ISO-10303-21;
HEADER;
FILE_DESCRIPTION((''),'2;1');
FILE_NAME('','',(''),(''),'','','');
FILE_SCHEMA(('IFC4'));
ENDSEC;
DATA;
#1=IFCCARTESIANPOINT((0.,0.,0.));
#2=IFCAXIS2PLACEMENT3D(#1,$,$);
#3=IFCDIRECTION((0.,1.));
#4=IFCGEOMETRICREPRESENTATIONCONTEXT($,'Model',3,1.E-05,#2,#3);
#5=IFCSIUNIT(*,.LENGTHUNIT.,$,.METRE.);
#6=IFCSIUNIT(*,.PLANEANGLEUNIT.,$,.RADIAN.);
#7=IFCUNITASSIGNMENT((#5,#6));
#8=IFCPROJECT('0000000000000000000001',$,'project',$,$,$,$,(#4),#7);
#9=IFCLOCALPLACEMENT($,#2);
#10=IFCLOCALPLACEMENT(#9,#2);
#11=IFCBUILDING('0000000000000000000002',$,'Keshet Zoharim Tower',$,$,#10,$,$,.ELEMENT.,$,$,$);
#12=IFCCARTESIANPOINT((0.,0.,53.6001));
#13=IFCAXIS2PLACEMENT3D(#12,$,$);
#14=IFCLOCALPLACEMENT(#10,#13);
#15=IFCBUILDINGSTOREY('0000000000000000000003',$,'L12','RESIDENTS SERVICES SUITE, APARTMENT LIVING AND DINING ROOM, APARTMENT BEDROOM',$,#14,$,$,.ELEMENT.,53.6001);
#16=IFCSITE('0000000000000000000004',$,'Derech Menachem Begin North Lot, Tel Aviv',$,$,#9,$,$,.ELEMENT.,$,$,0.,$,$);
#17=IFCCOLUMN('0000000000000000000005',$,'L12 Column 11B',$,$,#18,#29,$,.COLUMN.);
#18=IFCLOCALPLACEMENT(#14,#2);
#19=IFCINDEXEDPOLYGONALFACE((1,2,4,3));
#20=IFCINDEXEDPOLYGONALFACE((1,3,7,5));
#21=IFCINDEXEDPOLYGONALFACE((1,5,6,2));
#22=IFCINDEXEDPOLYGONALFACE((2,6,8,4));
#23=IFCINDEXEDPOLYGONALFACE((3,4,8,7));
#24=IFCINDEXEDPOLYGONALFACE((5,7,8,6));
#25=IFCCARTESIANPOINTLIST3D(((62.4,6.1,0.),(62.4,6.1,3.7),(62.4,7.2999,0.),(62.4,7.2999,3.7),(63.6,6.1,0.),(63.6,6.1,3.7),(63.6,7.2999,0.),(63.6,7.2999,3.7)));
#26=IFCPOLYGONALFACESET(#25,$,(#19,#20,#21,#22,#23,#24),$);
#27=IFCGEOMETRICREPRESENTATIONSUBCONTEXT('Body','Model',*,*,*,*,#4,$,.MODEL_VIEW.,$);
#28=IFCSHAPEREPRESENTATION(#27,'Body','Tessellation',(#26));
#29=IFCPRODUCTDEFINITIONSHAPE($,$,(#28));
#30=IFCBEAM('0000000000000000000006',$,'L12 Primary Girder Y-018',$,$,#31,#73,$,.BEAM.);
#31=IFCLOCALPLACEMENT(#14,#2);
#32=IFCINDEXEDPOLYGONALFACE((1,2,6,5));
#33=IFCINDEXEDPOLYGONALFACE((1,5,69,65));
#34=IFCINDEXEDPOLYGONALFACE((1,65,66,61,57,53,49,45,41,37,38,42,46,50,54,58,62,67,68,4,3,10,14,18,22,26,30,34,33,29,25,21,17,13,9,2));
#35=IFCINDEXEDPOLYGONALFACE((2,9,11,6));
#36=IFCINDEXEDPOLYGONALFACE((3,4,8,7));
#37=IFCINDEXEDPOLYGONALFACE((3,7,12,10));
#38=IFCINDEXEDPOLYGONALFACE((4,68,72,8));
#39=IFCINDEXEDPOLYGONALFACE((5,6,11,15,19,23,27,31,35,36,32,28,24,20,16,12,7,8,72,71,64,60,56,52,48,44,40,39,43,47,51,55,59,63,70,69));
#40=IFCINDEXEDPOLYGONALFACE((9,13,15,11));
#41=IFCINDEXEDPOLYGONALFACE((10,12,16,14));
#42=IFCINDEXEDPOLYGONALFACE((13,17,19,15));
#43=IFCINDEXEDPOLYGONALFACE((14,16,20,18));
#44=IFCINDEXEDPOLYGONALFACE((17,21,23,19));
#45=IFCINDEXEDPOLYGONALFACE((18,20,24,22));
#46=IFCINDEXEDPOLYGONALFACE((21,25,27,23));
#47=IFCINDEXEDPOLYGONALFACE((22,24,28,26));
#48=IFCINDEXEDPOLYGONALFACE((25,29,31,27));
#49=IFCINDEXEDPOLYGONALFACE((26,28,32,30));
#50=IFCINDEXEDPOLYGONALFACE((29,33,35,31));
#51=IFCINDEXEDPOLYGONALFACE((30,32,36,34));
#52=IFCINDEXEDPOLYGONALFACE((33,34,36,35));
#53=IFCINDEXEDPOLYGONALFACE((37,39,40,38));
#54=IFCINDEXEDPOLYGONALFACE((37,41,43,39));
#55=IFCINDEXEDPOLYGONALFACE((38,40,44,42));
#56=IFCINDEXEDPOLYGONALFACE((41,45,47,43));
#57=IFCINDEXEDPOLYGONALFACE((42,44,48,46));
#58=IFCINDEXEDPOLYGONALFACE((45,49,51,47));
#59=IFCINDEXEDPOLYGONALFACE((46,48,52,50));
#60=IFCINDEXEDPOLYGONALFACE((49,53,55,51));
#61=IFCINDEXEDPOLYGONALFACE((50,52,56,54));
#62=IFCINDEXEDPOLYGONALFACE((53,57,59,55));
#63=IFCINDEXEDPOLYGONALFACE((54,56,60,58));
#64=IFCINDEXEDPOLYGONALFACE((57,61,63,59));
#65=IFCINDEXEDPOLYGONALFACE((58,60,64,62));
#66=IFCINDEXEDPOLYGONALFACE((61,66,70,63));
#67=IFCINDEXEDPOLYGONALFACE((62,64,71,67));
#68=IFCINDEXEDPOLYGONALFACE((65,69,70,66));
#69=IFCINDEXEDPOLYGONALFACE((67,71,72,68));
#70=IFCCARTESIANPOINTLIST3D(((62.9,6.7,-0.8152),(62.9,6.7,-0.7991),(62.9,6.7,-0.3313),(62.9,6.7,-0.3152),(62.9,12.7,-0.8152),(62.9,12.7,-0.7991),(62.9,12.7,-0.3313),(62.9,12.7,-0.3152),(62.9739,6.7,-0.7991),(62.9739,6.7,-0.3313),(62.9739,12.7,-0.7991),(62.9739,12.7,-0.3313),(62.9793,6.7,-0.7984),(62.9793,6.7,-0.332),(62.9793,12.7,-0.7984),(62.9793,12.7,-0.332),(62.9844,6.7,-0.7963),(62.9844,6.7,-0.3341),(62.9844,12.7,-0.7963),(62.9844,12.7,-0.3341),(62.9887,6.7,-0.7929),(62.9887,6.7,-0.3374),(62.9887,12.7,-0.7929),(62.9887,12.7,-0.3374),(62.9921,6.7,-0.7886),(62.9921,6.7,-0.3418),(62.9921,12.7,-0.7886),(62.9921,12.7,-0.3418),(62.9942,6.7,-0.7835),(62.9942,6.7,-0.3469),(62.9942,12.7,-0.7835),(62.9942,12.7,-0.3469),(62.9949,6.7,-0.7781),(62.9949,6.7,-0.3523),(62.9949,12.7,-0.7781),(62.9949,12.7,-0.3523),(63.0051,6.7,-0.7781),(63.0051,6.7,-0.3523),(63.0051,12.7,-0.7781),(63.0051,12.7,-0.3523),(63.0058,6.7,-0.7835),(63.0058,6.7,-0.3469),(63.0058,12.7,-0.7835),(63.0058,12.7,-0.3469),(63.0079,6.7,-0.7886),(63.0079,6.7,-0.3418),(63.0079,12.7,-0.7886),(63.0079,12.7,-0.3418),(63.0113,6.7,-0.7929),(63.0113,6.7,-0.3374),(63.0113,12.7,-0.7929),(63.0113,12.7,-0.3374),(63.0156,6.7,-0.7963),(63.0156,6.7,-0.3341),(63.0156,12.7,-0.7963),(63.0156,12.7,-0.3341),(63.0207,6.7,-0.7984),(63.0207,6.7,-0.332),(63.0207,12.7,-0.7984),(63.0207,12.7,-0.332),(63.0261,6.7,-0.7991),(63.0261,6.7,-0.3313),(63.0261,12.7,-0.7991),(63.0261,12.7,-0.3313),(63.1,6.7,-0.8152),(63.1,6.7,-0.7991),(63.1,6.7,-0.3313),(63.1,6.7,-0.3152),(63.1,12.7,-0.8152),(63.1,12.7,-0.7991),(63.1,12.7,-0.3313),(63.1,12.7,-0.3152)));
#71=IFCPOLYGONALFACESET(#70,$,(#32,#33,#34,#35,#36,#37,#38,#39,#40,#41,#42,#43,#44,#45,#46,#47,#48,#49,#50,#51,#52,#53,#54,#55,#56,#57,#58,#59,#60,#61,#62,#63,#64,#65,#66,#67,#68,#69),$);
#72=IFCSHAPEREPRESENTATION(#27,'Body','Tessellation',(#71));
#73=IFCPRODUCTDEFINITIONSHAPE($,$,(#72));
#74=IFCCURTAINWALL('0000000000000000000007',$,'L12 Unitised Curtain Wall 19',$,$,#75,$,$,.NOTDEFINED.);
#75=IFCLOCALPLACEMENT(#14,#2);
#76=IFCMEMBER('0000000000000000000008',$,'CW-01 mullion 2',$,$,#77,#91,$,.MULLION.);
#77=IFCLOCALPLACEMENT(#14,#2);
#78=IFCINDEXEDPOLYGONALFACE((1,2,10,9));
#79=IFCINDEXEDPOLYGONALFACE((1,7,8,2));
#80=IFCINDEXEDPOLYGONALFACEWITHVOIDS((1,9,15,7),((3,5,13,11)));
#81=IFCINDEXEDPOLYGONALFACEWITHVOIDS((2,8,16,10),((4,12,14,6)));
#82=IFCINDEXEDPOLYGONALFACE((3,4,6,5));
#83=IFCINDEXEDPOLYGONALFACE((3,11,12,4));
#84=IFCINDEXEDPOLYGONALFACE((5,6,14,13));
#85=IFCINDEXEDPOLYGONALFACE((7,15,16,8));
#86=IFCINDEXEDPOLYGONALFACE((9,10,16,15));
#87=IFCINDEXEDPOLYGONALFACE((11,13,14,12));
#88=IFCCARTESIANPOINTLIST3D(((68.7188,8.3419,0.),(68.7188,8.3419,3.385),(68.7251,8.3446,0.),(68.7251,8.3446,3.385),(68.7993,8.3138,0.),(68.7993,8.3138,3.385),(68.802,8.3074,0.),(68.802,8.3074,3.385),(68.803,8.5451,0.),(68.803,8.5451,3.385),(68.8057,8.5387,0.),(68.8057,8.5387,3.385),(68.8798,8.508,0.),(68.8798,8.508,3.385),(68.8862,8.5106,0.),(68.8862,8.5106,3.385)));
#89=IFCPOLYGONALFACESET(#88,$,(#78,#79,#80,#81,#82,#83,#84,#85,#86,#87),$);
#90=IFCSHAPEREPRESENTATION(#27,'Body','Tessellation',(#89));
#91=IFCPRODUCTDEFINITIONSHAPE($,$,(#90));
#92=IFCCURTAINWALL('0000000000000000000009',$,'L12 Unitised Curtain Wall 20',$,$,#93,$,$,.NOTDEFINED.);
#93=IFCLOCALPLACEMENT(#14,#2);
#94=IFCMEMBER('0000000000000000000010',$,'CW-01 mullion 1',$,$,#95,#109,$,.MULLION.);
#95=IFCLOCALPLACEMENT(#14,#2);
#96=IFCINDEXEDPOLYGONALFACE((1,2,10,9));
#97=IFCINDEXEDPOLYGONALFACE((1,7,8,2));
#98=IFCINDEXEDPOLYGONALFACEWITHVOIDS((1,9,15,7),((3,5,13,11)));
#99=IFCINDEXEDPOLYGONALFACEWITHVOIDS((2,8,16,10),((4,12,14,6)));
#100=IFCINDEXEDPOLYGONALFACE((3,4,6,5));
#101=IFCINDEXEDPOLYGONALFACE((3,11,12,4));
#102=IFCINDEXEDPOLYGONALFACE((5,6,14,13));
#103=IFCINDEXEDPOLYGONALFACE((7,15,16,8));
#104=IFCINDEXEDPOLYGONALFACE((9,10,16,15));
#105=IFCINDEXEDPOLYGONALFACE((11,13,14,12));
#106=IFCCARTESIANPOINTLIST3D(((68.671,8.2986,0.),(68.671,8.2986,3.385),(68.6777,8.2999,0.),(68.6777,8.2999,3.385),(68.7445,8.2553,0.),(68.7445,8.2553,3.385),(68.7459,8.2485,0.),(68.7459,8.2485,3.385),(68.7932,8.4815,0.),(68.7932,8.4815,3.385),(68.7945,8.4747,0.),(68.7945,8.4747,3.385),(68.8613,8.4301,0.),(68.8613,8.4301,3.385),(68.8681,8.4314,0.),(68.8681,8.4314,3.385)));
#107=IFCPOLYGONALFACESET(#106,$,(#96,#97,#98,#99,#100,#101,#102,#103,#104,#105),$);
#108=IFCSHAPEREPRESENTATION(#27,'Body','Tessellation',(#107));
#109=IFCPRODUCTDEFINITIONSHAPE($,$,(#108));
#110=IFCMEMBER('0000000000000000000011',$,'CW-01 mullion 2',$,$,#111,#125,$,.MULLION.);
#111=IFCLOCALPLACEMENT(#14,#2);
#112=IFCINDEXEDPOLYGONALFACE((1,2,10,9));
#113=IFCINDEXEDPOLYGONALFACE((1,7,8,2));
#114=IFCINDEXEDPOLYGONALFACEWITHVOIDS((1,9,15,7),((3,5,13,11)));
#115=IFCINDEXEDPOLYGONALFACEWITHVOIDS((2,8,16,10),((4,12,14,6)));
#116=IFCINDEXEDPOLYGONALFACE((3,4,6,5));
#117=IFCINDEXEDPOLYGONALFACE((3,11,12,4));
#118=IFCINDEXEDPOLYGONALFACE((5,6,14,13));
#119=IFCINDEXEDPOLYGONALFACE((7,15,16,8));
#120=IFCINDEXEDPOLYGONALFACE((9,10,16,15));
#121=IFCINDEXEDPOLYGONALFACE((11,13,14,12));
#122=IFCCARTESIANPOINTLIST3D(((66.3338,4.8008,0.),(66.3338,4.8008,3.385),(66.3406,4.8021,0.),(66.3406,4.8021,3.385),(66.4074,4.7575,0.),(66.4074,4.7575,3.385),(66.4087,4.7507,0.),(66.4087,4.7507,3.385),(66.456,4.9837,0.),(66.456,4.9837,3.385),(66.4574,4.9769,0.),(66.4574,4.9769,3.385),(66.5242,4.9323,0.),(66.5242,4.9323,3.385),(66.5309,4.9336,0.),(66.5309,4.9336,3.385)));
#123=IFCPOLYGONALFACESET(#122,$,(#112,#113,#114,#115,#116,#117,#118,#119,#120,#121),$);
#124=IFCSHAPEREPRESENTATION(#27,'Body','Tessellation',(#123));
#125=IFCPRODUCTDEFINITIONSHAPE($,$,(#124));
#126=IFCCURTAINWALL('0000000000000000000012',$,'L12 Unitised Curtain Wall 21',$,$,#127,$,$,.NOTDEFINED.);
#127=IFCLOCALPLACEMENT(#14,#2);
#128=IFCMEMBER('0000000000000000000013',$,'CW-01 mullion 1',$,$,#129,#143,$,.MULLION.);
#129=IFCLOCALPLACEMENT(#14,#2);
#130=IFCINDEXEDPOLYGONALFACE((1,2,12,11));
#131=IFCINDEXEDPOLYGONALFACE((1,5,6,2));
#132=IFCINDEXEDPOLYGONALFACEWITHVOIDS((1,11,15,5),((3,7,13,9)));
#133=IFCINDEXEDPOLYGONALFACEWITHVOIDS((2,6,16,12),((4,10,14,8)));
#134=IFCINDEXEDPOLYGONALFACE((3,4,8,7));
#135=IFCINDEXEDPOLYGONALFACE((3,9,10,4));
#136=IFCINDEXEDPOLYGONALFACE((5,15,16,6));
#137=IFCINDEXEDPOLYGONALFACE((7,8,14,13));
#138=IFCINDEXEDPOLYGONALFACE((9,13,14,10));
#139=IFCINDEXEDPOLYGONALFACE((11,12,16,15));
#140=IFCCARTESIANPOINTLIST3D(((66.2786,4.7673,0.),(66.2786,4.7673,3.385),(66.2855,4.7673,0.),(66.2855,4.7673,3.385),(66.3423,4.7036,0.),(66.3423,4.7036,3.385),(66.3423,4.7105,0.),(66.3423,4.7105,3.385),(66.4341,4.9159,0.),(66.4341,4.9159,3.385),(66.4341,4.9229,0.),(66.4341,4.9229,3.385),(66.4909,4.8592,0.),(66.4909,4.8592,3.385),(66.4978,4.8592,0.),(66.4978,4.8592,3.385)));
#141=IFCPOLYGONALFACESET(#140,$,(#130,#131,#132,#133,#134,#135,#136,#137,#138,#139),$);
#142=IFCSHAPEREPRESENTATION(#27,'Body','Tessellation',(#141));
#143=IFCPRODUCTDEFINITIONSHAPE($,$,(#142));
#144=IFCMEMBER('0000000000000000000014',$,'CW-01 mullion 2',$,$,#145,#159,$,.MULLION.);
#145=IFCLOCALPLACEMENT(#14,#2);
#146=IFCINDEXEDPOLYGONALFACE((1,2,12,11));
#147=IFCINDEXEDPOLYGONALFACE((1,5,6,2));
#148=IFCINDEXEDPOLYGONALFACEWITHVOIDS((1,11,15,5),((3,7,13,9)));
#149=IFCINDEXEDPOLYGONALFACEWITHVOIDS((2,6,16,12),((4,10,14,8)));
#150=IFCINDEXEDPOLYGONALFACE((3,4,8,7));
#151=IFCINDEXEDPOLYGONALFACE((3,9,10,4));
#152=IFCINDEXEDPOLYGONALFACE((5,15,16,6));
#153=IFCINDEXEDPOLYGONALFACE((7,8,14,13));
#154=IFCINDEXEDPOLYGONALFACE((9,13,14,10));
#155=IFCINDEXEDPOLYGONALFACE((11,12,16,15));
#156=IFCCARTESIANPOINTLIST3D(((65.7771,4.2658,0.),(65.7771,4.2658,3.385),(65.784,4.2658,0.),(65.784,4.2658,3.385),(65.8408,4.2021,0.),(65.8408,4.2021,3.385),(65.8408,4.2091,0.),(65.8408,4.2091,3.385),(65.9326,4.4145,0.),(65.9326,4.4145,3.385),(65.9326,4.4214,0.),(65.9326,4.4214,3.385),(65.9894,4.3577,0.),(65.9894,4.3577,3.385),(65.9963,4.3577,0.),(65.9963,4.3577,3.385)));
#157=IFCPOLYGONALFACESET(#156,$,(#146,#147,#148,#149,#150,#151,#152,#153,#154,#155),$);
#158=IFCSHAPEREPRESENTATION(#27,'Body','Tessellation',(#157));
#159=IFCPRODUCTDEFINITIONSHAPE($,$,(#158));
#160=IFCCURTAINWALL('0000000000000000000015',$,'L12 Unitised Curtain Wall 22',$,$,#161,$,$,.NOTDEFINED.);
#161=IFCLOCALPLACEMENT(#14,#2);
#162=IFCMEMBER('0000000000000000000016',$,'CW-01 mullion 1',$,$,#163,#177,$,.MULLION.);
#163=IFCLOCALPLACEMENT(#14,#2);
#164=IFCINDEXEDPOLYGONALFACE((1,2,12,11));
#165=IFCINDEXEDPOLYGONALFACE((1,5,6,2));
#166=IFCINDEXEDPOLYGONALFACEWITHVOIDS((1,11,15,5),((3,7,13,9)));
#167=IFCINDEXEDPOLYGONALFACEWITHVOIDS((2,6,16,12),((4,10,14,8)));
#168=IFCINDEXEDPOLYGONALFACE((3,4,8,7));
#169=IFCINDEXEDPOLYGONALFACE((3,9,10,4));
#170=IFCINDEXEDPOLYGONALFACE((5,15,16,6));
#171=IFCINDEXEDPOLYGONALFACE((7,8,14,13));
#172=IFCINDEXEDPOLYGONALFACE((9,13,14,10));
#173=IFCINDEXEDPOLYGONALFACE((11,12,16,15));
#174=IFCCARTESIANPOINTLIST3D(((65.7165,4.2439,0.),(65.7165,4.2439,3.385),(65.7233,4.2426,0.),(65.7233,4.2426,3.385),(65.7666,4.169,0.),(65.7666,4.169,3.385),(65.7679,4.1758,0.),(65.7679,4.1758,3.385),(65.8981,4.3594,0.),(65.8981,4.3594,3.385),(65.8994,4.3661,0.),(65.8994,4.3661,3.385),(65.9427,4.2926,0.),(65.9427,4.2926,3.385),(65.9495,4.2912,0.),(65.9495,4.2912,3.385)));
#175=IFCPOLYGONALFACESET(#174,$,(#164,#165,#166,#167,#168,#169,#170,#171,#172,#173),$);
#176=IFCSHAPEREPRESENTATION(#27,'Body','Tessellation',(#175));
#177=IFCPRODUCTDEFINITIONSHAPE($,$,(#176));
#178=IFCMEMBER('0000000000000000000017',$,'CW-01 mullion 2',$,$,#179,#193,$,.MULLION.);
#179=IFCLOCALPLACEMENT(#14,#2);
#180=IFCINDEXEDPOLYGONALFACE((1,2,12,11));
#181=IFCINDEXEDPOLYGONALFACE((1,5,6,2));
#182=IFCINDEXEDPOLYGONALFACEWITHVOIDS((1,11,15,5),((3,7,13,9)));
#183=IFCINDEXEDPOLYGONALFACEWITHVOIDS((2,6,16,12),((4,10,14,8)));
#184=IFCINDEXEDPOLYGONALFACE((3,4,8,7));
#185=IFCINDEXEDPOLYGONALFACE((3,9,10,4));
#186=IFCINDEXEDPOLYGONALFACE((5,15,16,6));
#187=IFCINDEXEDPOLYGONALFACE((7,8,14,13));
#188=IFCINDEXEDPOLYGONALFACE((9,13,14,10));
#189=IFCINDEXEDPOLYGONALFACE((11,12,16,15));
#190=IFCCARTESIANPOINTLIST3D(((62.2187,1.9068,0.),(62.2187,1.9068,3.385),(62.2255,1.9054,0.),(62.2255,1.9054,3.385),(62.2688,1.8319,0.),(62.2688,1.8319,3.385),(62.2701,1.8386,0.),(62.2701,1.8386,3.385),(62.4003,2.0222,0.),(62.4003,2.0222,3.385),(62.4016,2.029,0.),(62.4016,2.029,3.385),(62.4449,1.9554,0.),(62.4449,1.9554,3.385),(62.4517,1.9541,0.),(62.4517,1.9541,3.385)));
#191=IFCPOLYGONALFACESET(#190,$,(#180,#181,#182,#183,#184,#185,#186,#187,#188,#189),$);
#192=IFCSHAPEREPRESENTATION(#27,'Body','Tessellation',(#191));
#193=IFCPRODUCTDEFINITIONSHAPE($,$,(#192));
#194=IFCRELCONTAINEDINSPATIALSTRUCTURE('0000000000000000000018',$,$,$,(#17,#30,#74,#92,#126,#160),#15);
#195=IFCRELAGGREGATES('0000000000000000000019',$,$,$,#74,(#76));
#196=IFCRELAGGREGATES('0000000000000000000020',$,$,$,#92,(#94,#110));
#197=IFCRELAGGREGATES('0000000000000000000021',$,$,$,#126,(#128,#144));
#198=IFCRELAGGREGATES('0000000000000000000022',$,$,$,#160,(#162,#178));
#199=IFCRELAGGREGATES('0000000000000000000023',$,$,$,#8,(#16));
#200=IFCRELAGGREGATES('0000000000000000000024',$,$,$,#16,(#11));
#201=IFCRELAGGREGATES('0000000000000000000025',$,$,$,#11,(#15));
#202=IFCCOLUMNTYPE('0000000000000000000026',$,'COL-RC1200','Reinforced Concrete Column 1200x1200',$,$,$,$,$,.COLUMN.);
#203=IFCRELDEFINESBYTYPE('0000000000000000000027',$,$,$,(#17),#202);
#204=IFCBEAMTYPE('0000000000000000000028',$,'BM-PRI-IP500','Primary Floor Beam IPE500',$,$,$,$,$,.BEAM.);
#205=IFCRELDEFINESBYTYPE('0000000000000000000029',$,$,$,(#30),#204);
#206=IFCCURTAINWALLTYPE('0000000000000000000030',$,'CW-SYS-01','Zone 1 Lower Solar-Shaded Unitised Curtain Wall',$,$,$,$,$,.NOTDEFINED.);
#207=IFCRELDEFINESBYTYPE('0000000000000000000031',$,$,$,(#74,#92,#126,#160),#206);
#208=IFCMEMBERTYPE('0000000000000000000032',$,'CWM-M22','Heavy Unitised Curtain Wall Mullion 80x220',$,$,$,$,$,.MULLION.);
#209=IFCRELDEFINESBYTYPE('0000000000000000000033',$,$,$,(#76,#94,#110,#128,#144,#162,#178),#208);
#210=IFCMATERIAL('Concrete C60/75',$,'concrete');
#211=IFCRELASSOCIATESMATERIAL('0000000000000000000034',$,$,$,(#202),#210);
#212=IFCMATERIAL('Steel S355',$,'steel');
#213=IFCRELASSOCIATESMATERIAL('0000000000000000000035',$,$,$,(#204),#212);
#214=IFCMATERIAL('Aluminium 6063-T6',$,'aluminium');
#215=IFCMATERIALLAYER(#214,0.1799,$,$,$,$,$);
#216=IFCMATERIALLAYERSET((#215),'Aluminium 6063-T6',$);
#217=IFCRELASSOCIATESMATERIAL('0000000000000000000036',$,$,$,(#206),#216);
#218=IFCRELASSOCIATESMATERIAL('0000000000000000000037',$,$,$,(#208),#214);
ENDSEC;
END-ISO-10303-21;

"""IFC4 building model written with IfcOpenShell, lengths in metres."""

from ifc_helpers import new_model, si_unit, direction, frame, origin, origin_2d, place, context, subcontext, project, spatial, rectangle, hollow_rectangle, i_section, extrude, material, layer, layer_set, material_profile, profile_set, type_object, element, aggregate, save


model = new_model("IFC4")

# Units and contexts
model_context = context("Model", 3, precision=1e-05, world=origin(), true_north=direction((0.0, 1.0)))
body_context = subcontext(model_context, "Body", "Model", "MODEL_VIEW")
ifc_project = project(units=[si_unit("LENGTHUNIT", "METRE"), si_unit("PLANEANGLEUNIT", "RADIAN")], contexts=[model_context])

# Site, building, storey
site_placement = place(None, origin())
site = spatial("IfcSite", under=ifc_project, at=site_placement, Name="Derech Menachem Begin North Lot, Tel Aviv", CompositionType="ELEMENT", RefElevation=0.0)
building_placement = place(site_placement, origin())
building = spatial("IfcBuilding", under=site, at=building_placement, Name="Keshet Zoharim Tower", CompositionType="ELEMENT")
storey_placement = place(building_placement, frame((0.0, 0.0, 53.6001)))
storey = spatial("IfcBuildingStorey", under=building, at=storey_placement, Name="L12", Description="RESIDENTS SERVICES SUITE, APARTMENT LIVING AND DINING ROOM, APARTMENT BEDROOM", CompositionType="ELEMENT", Elevation=53.6001)

# Column
ifc_material_1 = material(Name="Concrete C60/75", Category="concrete")
ifc_material_profile_1 = material_profile(ifc_material_1, rectangle(XDim=1.2, YDim=1.2, at=origin_2d()), Name="RC1200x1200")
ifc_profile_set_1 = profile_set([ifc_material_profile_1], Name="Concrete C60/75")
column_type = type_object("IfcColumnType", Name="COL-RC1200", Description="Reinforced Concrete Column 1200x1200", PredefinedType="COLUMN", material=ifc_profile_set_1)
column_placement = place(storey_placement, frame((63.0, 6.7, 0.0), z_axis=(0.0, 0.0, 1.0), x_axis=(1.0, 0.0, 0.0)))
element("IfcColumn", 1, at=column_placement, inside=storey, type_object=column_type, Name="L12 Column 11B", PredefinedType="COLUMN", context=body_context, shape_type="SweptSolid", body=[
    extrude(rectangle(XDim=1.2, YDim=1.2, at=origin_2d()), origin(), (0.0, 0.0, 1.0), 3.7),
])

# Beam
ifc_material_2 = material(Name="Steel S355", Category="steel")
ifc_material_profile_2 = material_profile(ifc_material_2, i_section(OverallWidth=0.2, OverallDepth=0.5, WebThickness=0.0103, FlangeThickness=0.0161, FilletRadius=0.021, at=origin_2d()), Name="IPE500")
ifc_profile_set_2 = profile_set([ifc_material_profile_2], Name="Steel S355")
beam_type = type_object("IfcBeamType", Name="BM-PRI-IP500", Description="Primary Floor Beam IPE500", PredefinedType="BEAM", material=ifc_profile_set_2)
beam_placement = place(storey_placement, frame((63.0, 6.7, -0.5652), z_axis=(0.0, 1.0, 0.0), x_axis=(-1.0, 0.0, 0.0)))
element("IfcBeam", 2, at=beam_placement, inside=storey, type_object=beam_type, Name="L12 Primary Girder Y-018", PredefinedType="BEAM", context=body_context, shape_type="SweptSolid", body=[
    extrude(i_section(OverallWidth=0.2, OverallDepth=0.5, WebThickness=0.0103, FlangeThickness=0.0161, FilletRadius=0.021, at=origin_2d()), origin(), (0.0, 0.0, 1.0), 6.0),
])

# Curtain wall, member
ifc_material_3 = material(Name="Aluminium 6063-T6", Category="aluminium")
ifc_layer_1 = layer(ifc_material_3, 0.1799)
ifc_layer_set_1 = layer_set([ifc_layer_1], Name="Aluminium 6063-T6")
curtain_wall_type = type_object("IfcCurtainWallType", Name="CW-SYS-01", Description="Zone 1 Lower Solar-Shaded Unitised Curtain Wall", PredefinedType="NOTDEFINED", material=ifc_layer_set_1)
curtain_wall_1_placement = place(storey_placement, origin())
curtain_wall_1 = element("IfcCurtainWall", 3, at=curtain_wall_1_placement, inside=storey, type_object=curtain_wall_type, Name="L12 Unitised Curtain Wall 19", PredefinedType="NOTDEFINED")
ifc_material_profile_3 = material_profile(ifc_material_3, hollow_rectangle(XDim=0.0901, YDim=0.22, WallThickness=0.0049, at=origin_2d()), Name="MUL-90x220")
ifc_profile_set_3 = profile_set([ifc_material_profile_3], Name="Aluminium 6063-T6")
member_type_1 = type_object("IfcMemberType", Name="CWM-M22", Description="Heavy Unitised Curtain Wall Mullion 80x220", PredefinedType="MULLION", material=ifc_profile_set_3)
member_1_placement = place(storey_placement, frame((68.8025, 8.4263, 0.0), z_axis=(0.0, 0.0, 1.0), x_axis=(0.92372, -0.383068, 0.0)))
member_1 = element("IfcMember", 4, at=member_1_placement, type_object=member_type_1, Name="CW-01 mullion 2", PredefinedType="MULLION", context=body_context, shape_type="SweptSolid", body=[
    extrude(hollow_rectangle(XDim=0.0901, YDim=0.22, WallThickness=0.0049, at=origin_2d()), origin(), (0.0, 0.0, 1.0), 3.385),
])
aggregate(curtain_wall_1, [member_1])

# Curtain walls, members
curtain_wall_2_placement = place(storey_placement, origin())
curtain_wall_2 = element("IfcCurtainWall", 5, at=curtain_wall_2_placement, inside=storey, type_object=curtain_wall_type, Name="L12 Unitised Curtain Wall 20", PredefinedType="NOTDEFINED")
member_2_placement = place(storey_placement, frame((68.7695, 8.365, 0.0), z_axis=(0.0, 0.0, 1.0), x_axis=(0.831474, -0.555563, 0.0)))
member_2 = element("IfcMember", 6, at=member_2_placement, type_object=member_type_1, Name="CW-01 mullion 1", PredefinedType="MULLION", context=body_context, shape_type="SweptSolid", body=[
    extrude(hollow_rectangle(XDim=0.0901, YDim=0.22, WallThickness=0.0049, at=origin_2d()), origin(), (0.0, 0.0, 1.0), 3.385),
])
member_3_placement = place(storey_placement, frame((66.4324, 4.8672, 0.0), z_axis=(0.0, 0.0, 1.0), x_axis=(0.831474, -0.555563, 0.0)))
member_3 = element("IfcMember", 7, at=member_3_placement, type_object=member_type_1, Name="CW-01 mullion 2", PredefinedType="MULLION", context=body_context, shape_type="SweptSolid", body=[
    extrude(hollow_rectangle(XDim=0.0901, YDim=0.22, WallThickness=0.0049, at=origin_2d()), origin(), (0.0, 0.0, 1.0), 3.385),
])
curtain_wall_3_placement = place(storey_placement, origin())
curtain_wall_3 = element("IfcCurtainWall", 8, at=curtain_wall_3_placement, inside=storey, type_object=curtain_wall_type, Name="L12 Unitised Curtain Wall 21", PredefinedType="NOTDEFINED")
member_4_placement = place(storey_placement, frame((66.3882, 4.8132, 0.0), z_axis=(0.0, 0.0, 1.0), x_axis=(0.707107, -0.707107, 0.0)))
member_4 = element("IfcMember", 9, at=member_4_placement, type_object=member_type_1, Name="CW-01 mullion 1", PredefinedType="MULLION", context=body_context, shape_type="SweptSolid", body=[
    extrude(hollow_rectangle(XDim=0.0901, YDim=0.22, WallThickness=0.0049, at=origin_2d()), origin(), (0.0, 0.0, 1.0), 3.385),
])
member_5_placement = place(storey_placement, frame((65.8867, 4.3118, 0.0), z_axis=(0.0, 0.0, 1.0), x_axis=(0.707107, -0.707107, 0.0)))
member_5 = element("IfcMember", 10, at=member_5_placement, type_object=member_type_1, Name="CW-01 mullion 2", PredefinedType="MULLION", context=body_context, shape_type="SweptSolid", body=[
    extrude(hollow_rectangle(XDim=0.0901, YDim=0.22, WallThickness=0.0049, at=origin_2d()), origin(), (0.0, 0.0, 1.0), 3.385),
])
curtain_wall_4_placement = place(storey_placement, origin())
curtain_wall_4 = element("IfcCurtainWall", 11, at=curtain_wall_4_placement, inside=storey, type_object=curtain_wall_type, Name="L12 Unitised Curtain Wall 22", PredefinedType="NOTDEFINED")
member_6_placement = place(storey_placement, frame((65.833, 4.2676, 0.0), z_axis=(0.0, 0.0, 1.0), x_axis=(0.555563, -0.831474, 0.0)))
member_6 = element("IfcMember", 12, at=member_6_placement, type_object=member_type_1, Name="CW-01 mullion 1", PredefinedType="MULLION", context=body_context, shape_type="SweptSolid", body=[
    extrude(hollow_rectangle(XDim=0.0901, YDim=0.22, WallThickness=0.0049, at=origin_2d()), origin(), (0.0, 0.0, 1.0), 3.385),
])
member_7_placement = place(storey_placement, frame((62.3352, 1.9304, 0.0), z_axis=(0.0, 0.0, 1.0), x_axis=(0.555563, -0.831474, 0.0)))
member_7 = element("IfcMember", 13, at=member_7_placement, type_object=member_type_1, Name="CW-01 mullion 2", PredefinedType="MULLION", context=body_context, shape_type="SweptSolid", body=[
    extrude(hollow_rectangle(XDim=0.0901, YDim=0.22, WallThickness=0.0049, at=origin_2d()), origin(), (0.0, 0.0, 1.0), 3.385),
])

aggregate(curtain_wall_2, [member_2, member_3])
aggregate(curtain_wall_3, [member_4, member_5])
aggregate(curtain_wall_4, [member_6, member_7])

save(model, "model.ifc")
